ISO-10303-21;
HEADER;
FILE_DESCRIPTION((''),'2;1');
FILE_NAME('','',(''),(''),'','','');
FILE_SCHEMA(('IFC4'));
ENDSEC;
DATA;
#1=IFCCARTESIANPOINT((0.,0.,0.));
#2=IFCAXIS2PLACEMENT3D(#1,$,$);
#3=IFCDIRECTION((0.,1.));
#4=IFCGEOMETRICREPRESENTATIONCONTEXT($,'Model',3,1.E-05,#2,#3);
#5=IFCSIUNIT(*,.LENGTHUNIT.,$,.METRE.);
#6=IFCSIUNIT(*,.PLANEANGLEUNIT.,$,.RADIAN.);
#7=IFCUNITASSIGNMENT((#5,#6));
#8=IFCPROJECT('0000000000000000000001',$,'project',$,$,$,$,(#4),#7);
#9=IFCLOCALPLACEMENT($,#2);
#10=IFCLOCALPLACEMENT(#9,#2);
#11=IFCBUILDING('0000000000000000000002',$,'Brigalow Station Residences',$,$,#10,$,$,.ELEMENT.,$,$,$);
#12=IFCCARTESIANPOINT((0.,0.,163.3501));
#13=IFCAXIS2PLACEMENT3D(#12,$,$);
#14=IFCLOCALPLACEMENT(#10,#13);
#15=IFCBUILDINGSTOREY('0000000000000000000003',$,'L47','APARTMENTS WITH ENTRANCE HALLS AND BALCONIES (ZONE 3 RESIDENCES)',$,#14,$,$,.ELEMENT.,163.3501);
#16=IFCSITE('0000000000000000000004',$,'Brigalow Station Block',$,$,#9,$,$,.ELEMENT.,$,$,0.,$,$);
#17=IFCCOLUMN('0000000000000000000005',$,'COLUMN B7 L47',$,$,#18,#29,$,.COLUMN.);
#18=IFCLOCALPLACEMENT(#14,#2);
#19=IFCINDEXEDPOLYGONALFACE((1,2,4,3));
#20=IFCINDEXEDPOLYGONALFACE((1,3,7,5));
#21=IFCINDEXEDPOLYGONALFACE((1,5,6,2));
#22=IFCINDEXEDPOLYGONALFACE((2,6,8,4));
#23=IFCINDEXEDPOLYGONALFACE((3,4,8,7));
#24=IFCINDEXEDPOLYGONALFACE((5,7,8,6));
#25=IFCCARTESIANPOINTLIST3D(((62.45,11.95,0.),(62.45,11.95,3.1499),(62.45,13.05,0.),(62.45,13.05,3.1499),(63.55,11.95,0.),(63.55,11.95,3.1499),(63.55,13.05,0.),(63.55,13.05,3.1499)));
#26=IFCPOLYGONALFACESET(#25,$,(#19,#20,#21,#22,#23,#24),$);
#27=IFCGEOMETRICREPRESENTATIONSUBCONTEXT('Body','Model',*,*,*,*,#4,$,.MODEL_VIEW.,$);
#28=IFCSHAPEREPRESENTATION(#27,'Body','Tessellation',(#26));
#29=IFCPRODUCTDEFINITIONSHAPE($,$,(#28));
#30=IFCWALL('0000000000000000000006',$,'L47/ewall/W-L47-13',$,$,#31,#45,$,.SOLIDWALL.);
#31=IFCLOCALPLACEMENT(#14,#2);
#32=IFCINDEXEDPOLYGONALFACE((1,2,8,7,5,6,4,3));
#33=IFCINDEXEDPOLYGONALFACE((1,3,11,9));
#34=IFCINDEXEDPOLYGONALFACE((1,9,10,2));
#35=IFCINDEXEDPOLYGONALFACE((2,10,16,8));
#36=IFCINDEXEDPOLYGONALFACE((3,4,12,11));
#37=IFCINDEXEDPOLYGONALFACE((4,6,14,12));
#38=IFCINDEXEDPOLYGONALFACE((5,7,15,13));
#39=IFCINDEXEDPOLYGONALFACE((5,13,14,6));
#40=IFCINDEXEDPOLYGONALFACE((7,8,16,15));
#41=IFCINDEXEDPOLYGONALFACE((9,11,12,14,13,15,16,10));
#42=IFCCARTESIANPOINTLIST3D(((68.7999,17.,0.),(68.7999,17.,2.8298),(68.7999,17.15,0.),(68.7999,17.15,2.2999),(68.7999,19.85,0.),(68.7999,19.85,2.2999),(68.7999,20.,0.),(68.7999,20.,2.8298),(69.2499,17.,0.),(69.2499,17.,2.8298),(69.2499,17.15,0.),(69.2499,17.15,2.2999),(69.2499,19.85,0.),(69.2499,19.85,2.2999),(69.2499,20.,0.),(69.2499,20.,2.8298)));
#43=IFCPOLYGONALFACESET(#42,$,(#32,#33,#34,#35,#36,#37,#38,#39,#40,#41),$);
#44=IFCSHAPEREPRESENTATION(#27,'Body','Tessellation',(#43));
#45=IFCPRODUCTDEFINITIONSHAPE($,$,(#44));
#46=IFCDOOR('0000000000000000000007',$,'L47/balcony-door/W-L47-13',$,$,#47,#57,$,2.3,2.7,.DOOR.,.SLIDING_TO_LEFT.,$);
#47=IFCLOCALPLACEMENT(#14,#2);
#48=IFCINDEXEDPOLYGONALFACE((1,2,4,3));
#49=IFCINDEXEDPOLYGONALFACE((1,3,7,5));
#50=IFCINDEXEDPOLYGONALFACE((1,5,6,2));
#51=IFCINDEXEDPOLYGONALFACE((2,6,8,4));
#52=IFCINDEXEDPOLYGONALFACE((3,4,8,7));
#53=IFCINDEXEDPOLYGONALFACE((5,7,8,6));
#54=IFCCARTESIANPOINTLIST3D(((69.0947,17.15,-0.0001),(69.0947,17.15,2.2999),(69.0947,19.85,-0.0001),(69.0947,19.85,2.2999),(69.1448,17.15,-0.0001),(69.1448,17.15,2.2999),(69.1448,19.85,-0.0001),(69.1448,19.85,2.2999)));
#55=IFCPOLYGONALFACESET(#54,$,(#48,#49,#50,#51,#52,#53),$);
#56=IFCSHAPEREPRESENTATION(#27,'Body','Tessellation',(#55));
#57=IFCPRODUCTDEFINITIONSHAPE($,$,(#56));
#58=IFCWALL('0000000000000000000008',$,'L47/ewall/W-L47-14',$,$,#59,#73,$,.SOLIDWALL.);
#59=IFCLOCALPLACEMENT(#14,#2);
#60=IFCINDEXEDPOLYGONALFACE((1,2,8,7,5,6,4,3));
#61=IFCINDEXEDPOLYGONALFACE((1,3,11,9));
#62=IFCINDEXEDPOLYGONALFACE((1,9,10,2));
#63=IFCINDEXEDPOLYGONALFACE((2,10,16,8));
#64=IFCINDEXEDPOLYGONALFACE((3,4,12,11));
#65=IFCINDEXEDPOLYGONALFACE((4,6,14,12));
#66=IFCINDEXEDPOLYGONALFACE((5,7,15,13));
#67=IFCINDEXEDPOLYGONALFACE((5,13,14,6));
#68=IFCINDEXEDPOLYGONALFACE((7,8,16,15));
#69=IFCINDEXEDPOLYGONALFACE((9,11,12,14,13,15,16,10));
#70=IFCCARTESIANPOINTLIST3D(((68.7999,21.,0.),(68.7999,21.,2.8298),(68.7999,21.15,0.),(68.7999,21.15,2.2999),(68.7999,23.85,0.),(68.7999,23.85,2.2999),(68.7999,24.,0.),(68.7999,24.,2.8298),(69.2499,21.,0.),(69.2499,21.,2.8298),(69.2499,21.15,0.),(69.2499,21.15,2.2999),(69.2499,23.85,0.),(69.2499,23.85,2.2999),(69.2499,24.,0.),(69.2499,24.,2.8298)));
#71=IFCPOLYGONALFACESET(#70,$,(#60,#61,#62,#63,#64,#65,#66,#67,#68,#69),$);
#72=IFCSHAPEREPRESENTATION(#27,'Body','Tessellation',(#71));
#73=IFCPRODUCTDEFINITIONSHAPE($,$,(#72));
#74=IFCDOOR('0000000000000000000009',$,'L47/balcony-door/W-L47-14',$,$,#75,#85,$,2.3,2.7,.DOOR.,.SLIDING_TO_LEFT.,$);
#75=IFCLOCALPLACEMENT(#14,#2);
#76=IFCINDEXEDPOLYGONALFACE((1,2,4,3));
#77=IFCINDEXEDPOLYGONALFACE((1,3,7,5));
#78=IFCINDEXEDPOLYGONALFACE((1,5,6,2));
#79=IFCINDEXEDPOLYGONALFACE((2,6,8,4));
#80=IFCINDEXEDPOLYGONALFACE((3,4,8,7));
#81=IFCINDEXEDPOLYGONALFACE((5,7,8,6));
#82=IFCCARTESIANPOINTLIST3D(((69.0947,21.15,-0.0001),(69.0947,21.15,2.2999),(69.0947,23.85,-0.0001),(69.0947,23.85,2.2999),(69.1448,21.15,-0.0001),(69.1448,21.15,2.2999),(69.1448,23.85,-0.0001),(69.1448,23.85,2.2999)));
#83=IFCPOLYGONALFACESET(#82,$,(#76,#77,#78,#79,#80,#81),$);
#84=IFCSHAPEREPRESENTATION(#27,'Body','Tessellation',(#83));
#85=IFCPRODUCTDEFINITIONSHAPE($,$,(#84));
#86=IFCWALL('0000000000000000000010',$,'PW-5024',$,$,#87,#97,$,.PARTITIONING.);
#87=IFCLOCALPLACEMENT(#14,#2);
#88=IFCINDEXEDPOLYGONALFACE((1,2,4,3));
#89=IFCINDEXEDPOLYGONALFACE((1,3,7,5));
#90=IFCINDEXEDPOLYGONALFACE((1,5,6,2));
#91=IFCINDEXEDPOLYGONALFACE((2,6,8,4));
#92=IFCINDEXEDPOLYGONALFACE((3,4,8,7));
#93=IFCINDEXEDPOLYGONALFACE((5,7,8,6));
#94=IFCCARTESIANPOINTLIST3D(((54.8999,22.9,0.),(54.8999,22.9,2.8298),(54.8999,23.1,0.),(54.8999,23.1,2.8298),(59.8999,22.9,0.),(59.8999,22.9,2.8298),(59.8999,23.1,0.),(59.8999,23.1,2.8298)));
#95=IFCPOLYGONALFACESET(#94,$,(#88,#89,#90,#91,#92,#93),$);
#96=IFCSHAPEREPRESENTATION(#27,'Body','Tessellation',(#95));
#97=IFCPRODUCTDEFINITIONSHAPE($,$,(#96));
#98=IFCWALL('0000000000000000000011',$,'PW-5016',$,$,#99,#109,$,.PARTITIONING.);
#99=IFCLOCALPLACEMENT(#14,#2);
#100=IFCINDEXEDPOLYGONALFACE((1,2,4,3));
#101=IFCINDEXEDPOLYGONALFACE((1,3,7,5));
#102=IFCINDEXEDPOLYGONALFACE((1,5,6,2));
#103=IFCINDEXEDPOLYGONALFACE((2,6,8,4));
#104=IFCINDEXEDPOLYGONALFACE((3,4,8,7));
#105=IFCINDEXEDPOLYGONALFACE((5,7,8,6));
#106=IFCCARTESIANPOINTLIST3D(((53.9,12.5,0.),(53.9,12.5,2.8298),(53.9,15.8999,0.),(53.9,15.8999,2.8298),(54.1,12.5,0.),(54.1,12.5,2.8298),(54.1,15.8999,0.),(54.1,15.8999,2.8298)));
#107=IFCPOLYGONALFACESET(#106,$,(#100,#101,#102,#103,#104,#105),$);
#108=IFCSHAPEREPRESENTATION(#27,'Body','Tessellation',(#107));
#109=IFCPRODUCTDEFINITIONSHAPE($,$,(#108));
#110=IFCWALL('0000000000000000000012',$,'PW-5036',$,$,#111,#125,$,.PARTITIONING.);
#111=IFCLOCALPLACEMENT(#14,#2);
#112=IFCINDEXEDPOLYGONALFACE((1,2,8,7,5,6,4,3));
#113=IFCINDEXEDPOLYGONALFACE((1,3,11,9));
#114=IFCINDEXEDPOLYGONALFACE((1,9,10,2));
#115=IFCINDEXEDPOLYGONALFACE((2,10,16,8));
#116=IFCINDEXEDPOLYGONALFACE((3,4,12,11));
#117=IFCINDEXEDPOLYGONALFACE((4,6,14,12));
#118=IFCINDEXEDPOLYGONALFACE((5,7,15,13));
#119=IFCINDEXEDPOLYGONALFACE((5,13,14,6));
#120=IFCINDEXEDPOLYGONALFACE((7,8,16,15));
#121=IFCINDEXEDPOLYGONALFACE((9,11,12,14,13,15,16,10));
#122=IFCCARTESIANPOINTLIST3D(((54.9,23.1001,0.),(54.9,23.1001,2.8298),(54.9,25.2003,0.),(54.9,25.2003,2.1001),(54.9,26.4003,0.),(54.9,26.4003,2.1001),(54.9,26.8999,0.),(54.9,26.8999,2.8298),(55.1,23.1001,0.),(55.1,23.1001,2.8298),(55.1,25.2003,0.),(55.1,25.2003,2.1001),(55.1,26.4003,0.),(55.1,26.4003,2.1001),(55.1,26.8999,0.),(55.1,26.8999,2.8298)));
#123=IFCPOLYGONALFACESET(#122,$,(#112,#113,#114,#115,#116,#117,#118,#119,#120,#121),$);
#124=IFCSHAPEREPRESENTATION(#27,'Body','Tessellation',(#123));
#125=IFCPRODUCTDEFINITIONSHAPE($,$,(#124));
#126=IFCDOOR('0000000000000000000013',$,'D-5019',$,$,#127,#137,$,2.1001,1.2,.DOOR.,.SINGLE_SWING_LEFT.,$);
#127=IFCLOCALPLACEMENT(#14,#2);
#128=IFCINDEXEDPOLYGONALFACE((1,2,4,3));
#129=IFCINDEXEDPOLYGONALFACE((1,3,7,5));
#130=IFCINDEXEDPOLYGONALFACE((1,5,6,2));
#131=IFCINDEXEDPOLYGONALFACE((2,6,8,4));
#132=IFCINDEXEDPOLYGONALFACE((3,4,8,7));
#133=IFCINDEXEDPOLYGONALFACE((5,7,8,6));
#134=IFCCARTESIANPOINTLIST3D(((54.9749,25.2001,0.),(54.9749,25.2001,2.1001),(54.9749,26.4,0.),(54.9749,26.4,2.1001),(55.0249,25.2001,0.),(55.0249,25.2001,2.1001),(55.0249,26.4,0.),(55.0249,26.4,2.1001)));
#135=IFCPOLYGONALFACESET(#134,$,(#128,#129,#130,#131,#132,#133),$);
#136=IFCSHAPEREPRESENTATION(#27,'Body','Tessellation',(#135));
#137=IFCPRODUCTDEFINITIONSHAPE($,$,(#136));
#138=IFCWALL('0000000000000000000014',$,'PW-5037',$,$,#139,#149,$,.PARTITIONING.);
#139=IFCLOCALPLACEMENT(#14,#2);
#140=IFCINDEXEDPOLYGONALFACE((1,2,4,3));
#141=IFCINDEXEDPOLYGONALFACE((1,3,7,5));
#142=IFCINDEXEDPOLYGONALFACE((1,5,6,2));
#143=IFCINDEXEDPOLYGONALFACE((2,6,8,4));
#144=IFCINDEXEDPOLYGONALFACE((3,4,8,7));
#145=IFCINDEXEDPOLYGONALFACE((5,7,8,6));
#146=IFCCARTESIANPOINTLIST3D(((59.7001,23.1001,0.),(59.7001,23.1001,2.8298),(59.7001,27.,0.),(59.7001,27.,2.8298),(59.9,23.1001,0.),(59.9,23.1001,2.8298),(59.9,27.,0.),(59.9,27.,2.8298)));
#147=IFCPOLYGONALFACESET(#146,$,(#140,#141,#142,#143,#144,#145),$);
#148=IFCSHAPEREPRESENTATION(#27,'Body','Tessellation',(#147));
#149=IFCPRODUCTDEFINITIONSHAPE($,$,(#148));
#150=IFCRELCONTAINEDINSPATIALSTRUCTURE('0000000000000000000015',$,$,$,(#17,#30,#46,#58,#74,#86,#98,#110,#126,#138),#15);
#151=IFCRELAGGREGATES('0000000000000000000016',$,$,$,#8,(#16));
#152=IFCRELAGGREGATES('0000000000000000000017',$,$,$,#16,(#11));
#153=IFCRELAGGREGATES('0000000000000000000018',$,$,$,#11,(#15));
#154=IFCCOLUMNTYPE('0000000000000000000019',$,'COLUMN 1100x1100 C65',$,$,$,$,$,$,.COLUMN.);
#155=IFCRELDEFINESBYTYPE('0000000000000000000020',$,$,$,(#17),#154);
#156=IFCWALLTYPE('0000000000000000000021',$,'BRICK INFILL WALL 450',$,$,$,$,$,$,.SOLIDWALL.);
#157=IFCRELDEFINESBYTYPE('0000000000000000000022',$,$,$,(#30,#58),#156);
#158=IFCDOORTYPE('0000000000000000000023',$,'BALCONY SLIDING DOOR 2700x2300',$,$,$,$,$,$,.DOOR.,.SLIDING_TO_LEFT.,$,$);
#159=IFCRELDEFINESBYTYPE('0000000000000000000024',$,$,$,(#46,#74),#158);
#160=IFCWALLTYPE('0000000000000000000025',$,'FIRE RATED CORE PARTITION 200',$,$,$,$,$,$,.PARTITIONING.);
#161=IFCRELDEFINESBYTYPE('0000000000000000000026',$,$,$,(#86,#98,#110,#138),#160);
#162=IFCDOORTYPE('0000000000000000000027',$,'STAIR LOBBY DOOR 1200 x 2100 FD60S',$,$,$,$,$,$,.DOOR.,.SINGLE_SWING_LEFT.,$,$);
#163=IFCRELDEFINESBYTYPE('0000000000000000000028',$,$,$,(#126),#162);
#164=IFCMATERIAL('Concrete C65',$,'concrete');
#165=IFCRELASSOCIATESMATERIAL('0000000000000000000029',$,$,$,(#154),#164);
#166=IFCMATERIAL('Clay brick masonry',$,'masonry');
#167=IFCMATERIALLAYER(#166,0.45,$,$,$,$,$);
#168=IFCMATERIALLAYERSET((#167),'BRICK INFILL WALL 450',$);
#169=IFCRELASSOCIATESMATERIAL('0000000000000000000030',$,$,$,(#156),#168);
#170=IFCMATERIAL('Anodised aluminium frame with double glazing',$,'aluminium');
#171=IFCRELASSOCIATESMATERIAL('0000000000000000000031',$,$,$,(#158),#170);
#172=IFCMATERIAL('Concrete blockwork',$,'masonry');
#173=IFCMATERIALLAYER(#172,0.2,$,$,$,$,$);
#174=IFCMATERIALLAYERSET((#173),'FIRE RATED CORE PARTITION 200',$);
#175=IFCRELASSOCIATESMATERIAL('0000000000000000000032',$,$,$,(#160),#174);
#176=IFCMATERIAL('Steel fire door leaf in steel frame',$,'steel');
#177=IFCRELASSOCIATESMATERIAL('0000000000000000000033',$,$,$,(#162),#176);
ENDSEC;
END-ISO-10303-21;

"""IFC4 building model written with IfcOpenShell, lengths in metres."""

from ifc_helpers import new_model, si_unit, direction, frame, frame_2d, origin, origin_2d, place, context, subcontext, project, spatial, rectangle, extrude, material, layer, layer_set, material_profile, profile_set, type_object, element, fill, save


model = new_model("IFC4")

# Units and contexts
model_context = context("Model", 3, precision=1e-05, world=origin(), true_north=direction((0.0, 1.0)))
body_context = subcontext(model_context, "Body", "Model", "MODEL_VIEW")
ifc_project = project(units=[si_unit("LENGTHUNIT", "METRE"), si_unit("PLANEANGLEUNIT", "RADIAN")], contexts=[model_context])

# Site, building, storey
site_placement = place(None, origin())
site = spatial("IfcSite", under=ifc_project, at=site_placement, Name="Brigalow Station Block", CompositionType="ELEMENT", RefElevation=0.0)
building_placement = place(site_placement, origin())
building = spatial("IfcBuilding", under=site, at=building_placement, Name="Brigalow Station Residences", CompositionType="ELEMENT")
storey_placement = place(building_placement, frame((0.0, 0.0, 163.3501)))
storey = spatial("IfcBuildingStorey", under=building, at=storey_placement, Name="L47", Description="APARTMENTS WITH ENTRANCE HALLS AND BALCONIES (ZONE 3 RESIDENCES)", CompositionType="ELEMENT", Elevation=163.3501)

# Column
ifc_material_1 = material(Name="Concrete C65", Category="concrete")
ifc_material_profile = material_profile(ifc_material_1, rectangle(XDim=1.1001, YDim=1.1001, at=origin_2d()), Name="RC1100x1100")
ifc_profile_set = profile_set([ifc_material_profile], Name="Concrete C65")
column_type = type_object("IfcColumnType", Name="COLUMN 1100x1100 C65", PredefinedType="COLUMN", material=ifc_profile_set)
column_placement = place(storey_placement, frame((63.0, 12.5, 0.0), z_axis=(0.0, 0.0, 1.0), x_axis=(1.0, 0.0, 0.0)))
element("IfcColumn", 1, at=column_placement, inside=storey, type_object=column_type, Name="COLUMN B7 L47", PredefinedType="COLUMN", context=body_context, shape_type="SweptSolid", body=[
    extrude(rectangle(XDim=1.1001, YDim=1.1001, at=origin_2d()), origin(), (0.0, 0.0, 1.0), 3.1499),
])

# Walls, openings, doors
ifc_material_2 = material(Name="Clay brick masonry", Category="masonry")
ifc_layer_1 = layer(ifc_material_2, 0.45)
ifc_layer_set_1 = layer_set([ifc_layer_1], Name="BRICK INFILL WALL 450")
wall_type_1 = type_object("IfcWallType", Name="BRICK INFILL WALL 450", PredefinedType="SOLIDWALL", material=ifc_layer_set_1)
wall_1_placement = place(storey_placement, frame((69.0249, 17.0, 0.0), z_axis=(0.0, 0.0, 1.0), x_axis=(0.0, 1.0, 0.0)))
wall_1 = element("IfcWall", 2, at=wall_1_placement, inside=storey, type_object=wall_type_1, Name="L47/ewall/W-L47-13", PredefinedType="SOLIDWALL", context=body_context, shape_type="SweptSolid", body=[
    extrude(rectangle(XDim=3.0, YDim=0.45, at=frame_2d((1.5, 0.0))), origin(), (0.0, 0.0, 1.0), 2.8298),
])
opening_1_placement = place(wall_1_placement, frame((0.1499, 0.0, 0.0)))
opening_1 = element("IfcOpeningElement", 3, at=opening_1_placement, cuts=wall_1, PredefinedType="OPENING", context=body_context, shape_type="SweptSolid", body=[
    extrude(rectangle(XDim=2.7, YDim=2.3, at=frame_2d((1.3501, 1.1499))), frame((0.0, 0.2349, 0.0), z_axis=(0.0, -1.0, 0.0), x_axis=(1.0, 0.0, 0.0)), (0.0, 0.0, 1.0), 0.47),
])
ifc_material_3 = material(Name="Anodised aluminium frame with double glazing", Category="aluminium")
door_type_1 = type_object("IfcDoorType", Name="BALCONY SLIDING DOOR 2700x2300", OperationType="SLIDING_TO_LEFT", PredefinedType="DOOR", material=ifc_material_3)
door_1_placement = place(opening_1_placement, origin())
door_1 = element("IfcDoor", 4, at=door_1_placement, inside=storey, type_object=door_type_1, Name="L47/balcony-door/W-L47-13", OperationType="SLIDING_TO_LEFT", OverallHeight=2.3, OverallWidth=2.7, PredefinedType="DOOR", context=body_context, shape_type="SweptSolid", body=[
    extrude(rectangle(XDim=2.7, YDim=2.3, at=frame_2d((1.3501, 1.1499))), frame((0.0, -0.0698, 0.0), z_axis=(0.0, -1.0, 0.0), x_axis=(1.0, 0.0, 0.0)), (0.0, 0.0, 1.0), 0.05),
])
fill(opening_1, door_1)
wall_2_placement = place(storey_placement, frame((69.0249, 21.0, 0.0), z_axis=(0.0, 0.0, 1.0), x_axis=(0.0, 1.0, 0.0)))
wall_2 = element("IfcWall", 5, at=wall_2_placement, inside=storey, type_object=wall_type_1, Name="L47/ewall/W-L47-14", PredefinedType="SOLIDWALL", context=body_context, shape_type="SweptSolid", body=[
    extrude(rectangle(XDim=3.0, YDim=0.45, at=frame_2d((1.5, 0.0))), origin(), (0.0, 0.0, 1.0), 2.8298),
])
opening_2_placement = place(wall_2_placement, frame((0.1499, 0.0, 0.0)))
opening_2 = element("IfcOpeningElement", 6, at=opening_2_placement, cuts=wall_2, PredefinedType="OPENING", context=body_context, shape_type="SweptSolid", body=[
    extrude(rectangle(XDim=2.7, YDim=2.3, at=frame_2d((1.3501, 1.1499))), frame((0.0, 0.2349, 0.0), z_axis=(0.0, -1.0, 0.0), x_axis=(1.0, 0.0, 0.0)), (0.0, 0.0, 1.0), 0.47),
])
door_2_placement = place(opening_2_placement, origin())
door_2 = element("IfcDoor", 7, at=door_2_placement, inside=storey, type_object=door_type_1, Name="L47/balcony-door/W-L47-14", OperationType="SLIDING_TO_LEFT", OverallHeight=2.3, OverallWidth=2.7, PredefinedType="DOOR", context=body_context, shape_type="SweptSolid", body=[
    extrude(rectangle(XDim=2.7, YDim=2.3, at=frame_2d((1.3501, 1.1499))), frame((0.0, -0.0698, 0.0), z_axis=(0.0, -1.0, 0.0), x_axis=(1.0, 0.0, 0.0)), (0.0, 0.0, 1.0), 0.05),
])
fill(opening_2, door_2)

# Walls
ifc_material_4 = material(Name="Concrete blockwork", Category="masonry")
ifc_layer_2 = layer(ifc_material_4, 0.2)
ifc_layer_set_2 = layer_set([ifc_layer_2], Name="FIRE RATED CORE PARTITION 200")
wall_type_2 = type_object("IfcWallType", Name="FIRE RATED CORE PARTITION 200", PredefinedType="PARTITIONING", material=ifc_layer_set_2)
wall_3_placement = place(storey_placement, frame((54.8999, 23.0, 0.0), z_axis=(0.0, 0.0, 1.0), x_axis=(1.0, 0.0, 0.0)))
element("IfcWall", 8, at=wall_3_placement, inside=storey, type_object=wall_type_2, Name="PW-5024", PredefinedType="PARTITIONING", context=body_context, shape_type="SweptSolid", body=[
    extrude(rectangle(XDim=5.0, YDim=0.2, at=frame_2d((2.5, 0.0))), origin(), (0.0, 0.0, 1.0), 2.8298),
])
wall_4_placement = place(storey_placement, frame((54.0, 12.5, 0.0), z_axis=(0.0, 0.0, 1.0), x_axis=(0.0, 1.0, 0.0)))
element("IfcWall", 9, at=wall_4_placement, inside=storey, type_object=wall_type_2, Name="PW-5016", PredefinedType="PARTITIONING", context=body_context, shape_type="SweptSolid", body=[
    extrude(rectangle(XDim=3.3999, YDim=0.2, at=frame_2d((1.7, 0.0))), origin(), (0.0, 0.0, 1.0), 2.8298),
])

# Wall, opening, door
wall_5_placement = place(storey_placement, frame((55.0, 23.1001, 0.0), z_axis=(0.0, 0.0, 1.0), x_axis=(0.0, 1.0, 0.0)))
wall_5 = element("IfcWall", 10, at=wall_5_placement, inside=storey, type_object=wall_type_2, Name="PW-5036", PredefinedType="PARTITIONING", context=body_context, shape_type="SweptSolid", body=[
    extrude(rectangle(XDim=3.7998, YDim=0.2, at=frame_2d((1.8999, 0.0))), origin(), (0.0, 0.0, 1.0), 2.8298),
])
opening_3_placement = place(wall_5_placement, frame((2.1001, 0.0, 0.0)))
opening_3 = element("IfcOpeningElement", 11, at=opening_3_placement, cuts=wall_5, PredefinedType="OPENING", context=body_context, shape_type="SweptSolid", body=[
    extrude(rectangle(XDim=1.2, YDim=2.1001, at=frame_2d((0.6001, 1.05))), frame((0.0, 0.1099, 0.0), z_axis=(0.0, -1.0, 0.0), x_axis=(1.0, 0.0, 0.0)), (0.0, 0.0, 1.0), 0.22),
])
ifc_material_5 = material(Name="Steel fire door leaf in steel frame", Category="steel")
door_type_2 = type_object("IfcDoorType", Name="STAIR LOBBY DOOR 1200 x 2100 FD60S", OperationType="SINGLE_SWING_LEFT", PredefinedType="DOOR", material=ifc_material_5)
door_3_placement = place(opening_3_placement, frame((1.2, 0.0, 0.0), z_axis=(0.0, 0.0, 1.0), x_axis=(-1.0, 0.0, 0.0)))
door_3 = element("IfcDoor", 12, at=door_3_placement, inside=storey, type_object=door_type_2, Name="D-5019", OperationType="SINGLE_SWING_LEFT", OverallHeight=2.1001, OverallWidth=1.2, PredefinedType="DOOR", context=body_context, shape_type="SweptSolid", body=[
    extrude(rectangle(XDim=1.2, YDim=2.1001, at=frame_2d((0.6001, 1.05))), frame((0.0, 0.0249, 0.0), z_axis=(0.0, -1.0, 0.0), x_axis=(1.0, 0.0, 0.0)), (0.0, 0.0, 1.0), 0.05),
])
fill(opening_3, door_3)

# Wall
wall_6_placement = place(storey_placement, frame((59.8, 23.1001, 0.0), z_axis=(0.0, 0.0, 1.0), x_axis=(0.0, 1.0, 0.0)))
element("IfcWall", 13, at=wall_6_placement, inside=storey, type_object=wall_type_2, Name="PW-5037", PredefinedType="PARTITIONING", context=body_context, shape_type="SweptSolid", body=[
    extrude(rectangle(XDim=3.8999, YDim=0.2, at=frame_2d((1.95, 0.0))), origin(), (0.0, 0.0, 1.0), 2.8298),
])

save(model, "model.ifc")
